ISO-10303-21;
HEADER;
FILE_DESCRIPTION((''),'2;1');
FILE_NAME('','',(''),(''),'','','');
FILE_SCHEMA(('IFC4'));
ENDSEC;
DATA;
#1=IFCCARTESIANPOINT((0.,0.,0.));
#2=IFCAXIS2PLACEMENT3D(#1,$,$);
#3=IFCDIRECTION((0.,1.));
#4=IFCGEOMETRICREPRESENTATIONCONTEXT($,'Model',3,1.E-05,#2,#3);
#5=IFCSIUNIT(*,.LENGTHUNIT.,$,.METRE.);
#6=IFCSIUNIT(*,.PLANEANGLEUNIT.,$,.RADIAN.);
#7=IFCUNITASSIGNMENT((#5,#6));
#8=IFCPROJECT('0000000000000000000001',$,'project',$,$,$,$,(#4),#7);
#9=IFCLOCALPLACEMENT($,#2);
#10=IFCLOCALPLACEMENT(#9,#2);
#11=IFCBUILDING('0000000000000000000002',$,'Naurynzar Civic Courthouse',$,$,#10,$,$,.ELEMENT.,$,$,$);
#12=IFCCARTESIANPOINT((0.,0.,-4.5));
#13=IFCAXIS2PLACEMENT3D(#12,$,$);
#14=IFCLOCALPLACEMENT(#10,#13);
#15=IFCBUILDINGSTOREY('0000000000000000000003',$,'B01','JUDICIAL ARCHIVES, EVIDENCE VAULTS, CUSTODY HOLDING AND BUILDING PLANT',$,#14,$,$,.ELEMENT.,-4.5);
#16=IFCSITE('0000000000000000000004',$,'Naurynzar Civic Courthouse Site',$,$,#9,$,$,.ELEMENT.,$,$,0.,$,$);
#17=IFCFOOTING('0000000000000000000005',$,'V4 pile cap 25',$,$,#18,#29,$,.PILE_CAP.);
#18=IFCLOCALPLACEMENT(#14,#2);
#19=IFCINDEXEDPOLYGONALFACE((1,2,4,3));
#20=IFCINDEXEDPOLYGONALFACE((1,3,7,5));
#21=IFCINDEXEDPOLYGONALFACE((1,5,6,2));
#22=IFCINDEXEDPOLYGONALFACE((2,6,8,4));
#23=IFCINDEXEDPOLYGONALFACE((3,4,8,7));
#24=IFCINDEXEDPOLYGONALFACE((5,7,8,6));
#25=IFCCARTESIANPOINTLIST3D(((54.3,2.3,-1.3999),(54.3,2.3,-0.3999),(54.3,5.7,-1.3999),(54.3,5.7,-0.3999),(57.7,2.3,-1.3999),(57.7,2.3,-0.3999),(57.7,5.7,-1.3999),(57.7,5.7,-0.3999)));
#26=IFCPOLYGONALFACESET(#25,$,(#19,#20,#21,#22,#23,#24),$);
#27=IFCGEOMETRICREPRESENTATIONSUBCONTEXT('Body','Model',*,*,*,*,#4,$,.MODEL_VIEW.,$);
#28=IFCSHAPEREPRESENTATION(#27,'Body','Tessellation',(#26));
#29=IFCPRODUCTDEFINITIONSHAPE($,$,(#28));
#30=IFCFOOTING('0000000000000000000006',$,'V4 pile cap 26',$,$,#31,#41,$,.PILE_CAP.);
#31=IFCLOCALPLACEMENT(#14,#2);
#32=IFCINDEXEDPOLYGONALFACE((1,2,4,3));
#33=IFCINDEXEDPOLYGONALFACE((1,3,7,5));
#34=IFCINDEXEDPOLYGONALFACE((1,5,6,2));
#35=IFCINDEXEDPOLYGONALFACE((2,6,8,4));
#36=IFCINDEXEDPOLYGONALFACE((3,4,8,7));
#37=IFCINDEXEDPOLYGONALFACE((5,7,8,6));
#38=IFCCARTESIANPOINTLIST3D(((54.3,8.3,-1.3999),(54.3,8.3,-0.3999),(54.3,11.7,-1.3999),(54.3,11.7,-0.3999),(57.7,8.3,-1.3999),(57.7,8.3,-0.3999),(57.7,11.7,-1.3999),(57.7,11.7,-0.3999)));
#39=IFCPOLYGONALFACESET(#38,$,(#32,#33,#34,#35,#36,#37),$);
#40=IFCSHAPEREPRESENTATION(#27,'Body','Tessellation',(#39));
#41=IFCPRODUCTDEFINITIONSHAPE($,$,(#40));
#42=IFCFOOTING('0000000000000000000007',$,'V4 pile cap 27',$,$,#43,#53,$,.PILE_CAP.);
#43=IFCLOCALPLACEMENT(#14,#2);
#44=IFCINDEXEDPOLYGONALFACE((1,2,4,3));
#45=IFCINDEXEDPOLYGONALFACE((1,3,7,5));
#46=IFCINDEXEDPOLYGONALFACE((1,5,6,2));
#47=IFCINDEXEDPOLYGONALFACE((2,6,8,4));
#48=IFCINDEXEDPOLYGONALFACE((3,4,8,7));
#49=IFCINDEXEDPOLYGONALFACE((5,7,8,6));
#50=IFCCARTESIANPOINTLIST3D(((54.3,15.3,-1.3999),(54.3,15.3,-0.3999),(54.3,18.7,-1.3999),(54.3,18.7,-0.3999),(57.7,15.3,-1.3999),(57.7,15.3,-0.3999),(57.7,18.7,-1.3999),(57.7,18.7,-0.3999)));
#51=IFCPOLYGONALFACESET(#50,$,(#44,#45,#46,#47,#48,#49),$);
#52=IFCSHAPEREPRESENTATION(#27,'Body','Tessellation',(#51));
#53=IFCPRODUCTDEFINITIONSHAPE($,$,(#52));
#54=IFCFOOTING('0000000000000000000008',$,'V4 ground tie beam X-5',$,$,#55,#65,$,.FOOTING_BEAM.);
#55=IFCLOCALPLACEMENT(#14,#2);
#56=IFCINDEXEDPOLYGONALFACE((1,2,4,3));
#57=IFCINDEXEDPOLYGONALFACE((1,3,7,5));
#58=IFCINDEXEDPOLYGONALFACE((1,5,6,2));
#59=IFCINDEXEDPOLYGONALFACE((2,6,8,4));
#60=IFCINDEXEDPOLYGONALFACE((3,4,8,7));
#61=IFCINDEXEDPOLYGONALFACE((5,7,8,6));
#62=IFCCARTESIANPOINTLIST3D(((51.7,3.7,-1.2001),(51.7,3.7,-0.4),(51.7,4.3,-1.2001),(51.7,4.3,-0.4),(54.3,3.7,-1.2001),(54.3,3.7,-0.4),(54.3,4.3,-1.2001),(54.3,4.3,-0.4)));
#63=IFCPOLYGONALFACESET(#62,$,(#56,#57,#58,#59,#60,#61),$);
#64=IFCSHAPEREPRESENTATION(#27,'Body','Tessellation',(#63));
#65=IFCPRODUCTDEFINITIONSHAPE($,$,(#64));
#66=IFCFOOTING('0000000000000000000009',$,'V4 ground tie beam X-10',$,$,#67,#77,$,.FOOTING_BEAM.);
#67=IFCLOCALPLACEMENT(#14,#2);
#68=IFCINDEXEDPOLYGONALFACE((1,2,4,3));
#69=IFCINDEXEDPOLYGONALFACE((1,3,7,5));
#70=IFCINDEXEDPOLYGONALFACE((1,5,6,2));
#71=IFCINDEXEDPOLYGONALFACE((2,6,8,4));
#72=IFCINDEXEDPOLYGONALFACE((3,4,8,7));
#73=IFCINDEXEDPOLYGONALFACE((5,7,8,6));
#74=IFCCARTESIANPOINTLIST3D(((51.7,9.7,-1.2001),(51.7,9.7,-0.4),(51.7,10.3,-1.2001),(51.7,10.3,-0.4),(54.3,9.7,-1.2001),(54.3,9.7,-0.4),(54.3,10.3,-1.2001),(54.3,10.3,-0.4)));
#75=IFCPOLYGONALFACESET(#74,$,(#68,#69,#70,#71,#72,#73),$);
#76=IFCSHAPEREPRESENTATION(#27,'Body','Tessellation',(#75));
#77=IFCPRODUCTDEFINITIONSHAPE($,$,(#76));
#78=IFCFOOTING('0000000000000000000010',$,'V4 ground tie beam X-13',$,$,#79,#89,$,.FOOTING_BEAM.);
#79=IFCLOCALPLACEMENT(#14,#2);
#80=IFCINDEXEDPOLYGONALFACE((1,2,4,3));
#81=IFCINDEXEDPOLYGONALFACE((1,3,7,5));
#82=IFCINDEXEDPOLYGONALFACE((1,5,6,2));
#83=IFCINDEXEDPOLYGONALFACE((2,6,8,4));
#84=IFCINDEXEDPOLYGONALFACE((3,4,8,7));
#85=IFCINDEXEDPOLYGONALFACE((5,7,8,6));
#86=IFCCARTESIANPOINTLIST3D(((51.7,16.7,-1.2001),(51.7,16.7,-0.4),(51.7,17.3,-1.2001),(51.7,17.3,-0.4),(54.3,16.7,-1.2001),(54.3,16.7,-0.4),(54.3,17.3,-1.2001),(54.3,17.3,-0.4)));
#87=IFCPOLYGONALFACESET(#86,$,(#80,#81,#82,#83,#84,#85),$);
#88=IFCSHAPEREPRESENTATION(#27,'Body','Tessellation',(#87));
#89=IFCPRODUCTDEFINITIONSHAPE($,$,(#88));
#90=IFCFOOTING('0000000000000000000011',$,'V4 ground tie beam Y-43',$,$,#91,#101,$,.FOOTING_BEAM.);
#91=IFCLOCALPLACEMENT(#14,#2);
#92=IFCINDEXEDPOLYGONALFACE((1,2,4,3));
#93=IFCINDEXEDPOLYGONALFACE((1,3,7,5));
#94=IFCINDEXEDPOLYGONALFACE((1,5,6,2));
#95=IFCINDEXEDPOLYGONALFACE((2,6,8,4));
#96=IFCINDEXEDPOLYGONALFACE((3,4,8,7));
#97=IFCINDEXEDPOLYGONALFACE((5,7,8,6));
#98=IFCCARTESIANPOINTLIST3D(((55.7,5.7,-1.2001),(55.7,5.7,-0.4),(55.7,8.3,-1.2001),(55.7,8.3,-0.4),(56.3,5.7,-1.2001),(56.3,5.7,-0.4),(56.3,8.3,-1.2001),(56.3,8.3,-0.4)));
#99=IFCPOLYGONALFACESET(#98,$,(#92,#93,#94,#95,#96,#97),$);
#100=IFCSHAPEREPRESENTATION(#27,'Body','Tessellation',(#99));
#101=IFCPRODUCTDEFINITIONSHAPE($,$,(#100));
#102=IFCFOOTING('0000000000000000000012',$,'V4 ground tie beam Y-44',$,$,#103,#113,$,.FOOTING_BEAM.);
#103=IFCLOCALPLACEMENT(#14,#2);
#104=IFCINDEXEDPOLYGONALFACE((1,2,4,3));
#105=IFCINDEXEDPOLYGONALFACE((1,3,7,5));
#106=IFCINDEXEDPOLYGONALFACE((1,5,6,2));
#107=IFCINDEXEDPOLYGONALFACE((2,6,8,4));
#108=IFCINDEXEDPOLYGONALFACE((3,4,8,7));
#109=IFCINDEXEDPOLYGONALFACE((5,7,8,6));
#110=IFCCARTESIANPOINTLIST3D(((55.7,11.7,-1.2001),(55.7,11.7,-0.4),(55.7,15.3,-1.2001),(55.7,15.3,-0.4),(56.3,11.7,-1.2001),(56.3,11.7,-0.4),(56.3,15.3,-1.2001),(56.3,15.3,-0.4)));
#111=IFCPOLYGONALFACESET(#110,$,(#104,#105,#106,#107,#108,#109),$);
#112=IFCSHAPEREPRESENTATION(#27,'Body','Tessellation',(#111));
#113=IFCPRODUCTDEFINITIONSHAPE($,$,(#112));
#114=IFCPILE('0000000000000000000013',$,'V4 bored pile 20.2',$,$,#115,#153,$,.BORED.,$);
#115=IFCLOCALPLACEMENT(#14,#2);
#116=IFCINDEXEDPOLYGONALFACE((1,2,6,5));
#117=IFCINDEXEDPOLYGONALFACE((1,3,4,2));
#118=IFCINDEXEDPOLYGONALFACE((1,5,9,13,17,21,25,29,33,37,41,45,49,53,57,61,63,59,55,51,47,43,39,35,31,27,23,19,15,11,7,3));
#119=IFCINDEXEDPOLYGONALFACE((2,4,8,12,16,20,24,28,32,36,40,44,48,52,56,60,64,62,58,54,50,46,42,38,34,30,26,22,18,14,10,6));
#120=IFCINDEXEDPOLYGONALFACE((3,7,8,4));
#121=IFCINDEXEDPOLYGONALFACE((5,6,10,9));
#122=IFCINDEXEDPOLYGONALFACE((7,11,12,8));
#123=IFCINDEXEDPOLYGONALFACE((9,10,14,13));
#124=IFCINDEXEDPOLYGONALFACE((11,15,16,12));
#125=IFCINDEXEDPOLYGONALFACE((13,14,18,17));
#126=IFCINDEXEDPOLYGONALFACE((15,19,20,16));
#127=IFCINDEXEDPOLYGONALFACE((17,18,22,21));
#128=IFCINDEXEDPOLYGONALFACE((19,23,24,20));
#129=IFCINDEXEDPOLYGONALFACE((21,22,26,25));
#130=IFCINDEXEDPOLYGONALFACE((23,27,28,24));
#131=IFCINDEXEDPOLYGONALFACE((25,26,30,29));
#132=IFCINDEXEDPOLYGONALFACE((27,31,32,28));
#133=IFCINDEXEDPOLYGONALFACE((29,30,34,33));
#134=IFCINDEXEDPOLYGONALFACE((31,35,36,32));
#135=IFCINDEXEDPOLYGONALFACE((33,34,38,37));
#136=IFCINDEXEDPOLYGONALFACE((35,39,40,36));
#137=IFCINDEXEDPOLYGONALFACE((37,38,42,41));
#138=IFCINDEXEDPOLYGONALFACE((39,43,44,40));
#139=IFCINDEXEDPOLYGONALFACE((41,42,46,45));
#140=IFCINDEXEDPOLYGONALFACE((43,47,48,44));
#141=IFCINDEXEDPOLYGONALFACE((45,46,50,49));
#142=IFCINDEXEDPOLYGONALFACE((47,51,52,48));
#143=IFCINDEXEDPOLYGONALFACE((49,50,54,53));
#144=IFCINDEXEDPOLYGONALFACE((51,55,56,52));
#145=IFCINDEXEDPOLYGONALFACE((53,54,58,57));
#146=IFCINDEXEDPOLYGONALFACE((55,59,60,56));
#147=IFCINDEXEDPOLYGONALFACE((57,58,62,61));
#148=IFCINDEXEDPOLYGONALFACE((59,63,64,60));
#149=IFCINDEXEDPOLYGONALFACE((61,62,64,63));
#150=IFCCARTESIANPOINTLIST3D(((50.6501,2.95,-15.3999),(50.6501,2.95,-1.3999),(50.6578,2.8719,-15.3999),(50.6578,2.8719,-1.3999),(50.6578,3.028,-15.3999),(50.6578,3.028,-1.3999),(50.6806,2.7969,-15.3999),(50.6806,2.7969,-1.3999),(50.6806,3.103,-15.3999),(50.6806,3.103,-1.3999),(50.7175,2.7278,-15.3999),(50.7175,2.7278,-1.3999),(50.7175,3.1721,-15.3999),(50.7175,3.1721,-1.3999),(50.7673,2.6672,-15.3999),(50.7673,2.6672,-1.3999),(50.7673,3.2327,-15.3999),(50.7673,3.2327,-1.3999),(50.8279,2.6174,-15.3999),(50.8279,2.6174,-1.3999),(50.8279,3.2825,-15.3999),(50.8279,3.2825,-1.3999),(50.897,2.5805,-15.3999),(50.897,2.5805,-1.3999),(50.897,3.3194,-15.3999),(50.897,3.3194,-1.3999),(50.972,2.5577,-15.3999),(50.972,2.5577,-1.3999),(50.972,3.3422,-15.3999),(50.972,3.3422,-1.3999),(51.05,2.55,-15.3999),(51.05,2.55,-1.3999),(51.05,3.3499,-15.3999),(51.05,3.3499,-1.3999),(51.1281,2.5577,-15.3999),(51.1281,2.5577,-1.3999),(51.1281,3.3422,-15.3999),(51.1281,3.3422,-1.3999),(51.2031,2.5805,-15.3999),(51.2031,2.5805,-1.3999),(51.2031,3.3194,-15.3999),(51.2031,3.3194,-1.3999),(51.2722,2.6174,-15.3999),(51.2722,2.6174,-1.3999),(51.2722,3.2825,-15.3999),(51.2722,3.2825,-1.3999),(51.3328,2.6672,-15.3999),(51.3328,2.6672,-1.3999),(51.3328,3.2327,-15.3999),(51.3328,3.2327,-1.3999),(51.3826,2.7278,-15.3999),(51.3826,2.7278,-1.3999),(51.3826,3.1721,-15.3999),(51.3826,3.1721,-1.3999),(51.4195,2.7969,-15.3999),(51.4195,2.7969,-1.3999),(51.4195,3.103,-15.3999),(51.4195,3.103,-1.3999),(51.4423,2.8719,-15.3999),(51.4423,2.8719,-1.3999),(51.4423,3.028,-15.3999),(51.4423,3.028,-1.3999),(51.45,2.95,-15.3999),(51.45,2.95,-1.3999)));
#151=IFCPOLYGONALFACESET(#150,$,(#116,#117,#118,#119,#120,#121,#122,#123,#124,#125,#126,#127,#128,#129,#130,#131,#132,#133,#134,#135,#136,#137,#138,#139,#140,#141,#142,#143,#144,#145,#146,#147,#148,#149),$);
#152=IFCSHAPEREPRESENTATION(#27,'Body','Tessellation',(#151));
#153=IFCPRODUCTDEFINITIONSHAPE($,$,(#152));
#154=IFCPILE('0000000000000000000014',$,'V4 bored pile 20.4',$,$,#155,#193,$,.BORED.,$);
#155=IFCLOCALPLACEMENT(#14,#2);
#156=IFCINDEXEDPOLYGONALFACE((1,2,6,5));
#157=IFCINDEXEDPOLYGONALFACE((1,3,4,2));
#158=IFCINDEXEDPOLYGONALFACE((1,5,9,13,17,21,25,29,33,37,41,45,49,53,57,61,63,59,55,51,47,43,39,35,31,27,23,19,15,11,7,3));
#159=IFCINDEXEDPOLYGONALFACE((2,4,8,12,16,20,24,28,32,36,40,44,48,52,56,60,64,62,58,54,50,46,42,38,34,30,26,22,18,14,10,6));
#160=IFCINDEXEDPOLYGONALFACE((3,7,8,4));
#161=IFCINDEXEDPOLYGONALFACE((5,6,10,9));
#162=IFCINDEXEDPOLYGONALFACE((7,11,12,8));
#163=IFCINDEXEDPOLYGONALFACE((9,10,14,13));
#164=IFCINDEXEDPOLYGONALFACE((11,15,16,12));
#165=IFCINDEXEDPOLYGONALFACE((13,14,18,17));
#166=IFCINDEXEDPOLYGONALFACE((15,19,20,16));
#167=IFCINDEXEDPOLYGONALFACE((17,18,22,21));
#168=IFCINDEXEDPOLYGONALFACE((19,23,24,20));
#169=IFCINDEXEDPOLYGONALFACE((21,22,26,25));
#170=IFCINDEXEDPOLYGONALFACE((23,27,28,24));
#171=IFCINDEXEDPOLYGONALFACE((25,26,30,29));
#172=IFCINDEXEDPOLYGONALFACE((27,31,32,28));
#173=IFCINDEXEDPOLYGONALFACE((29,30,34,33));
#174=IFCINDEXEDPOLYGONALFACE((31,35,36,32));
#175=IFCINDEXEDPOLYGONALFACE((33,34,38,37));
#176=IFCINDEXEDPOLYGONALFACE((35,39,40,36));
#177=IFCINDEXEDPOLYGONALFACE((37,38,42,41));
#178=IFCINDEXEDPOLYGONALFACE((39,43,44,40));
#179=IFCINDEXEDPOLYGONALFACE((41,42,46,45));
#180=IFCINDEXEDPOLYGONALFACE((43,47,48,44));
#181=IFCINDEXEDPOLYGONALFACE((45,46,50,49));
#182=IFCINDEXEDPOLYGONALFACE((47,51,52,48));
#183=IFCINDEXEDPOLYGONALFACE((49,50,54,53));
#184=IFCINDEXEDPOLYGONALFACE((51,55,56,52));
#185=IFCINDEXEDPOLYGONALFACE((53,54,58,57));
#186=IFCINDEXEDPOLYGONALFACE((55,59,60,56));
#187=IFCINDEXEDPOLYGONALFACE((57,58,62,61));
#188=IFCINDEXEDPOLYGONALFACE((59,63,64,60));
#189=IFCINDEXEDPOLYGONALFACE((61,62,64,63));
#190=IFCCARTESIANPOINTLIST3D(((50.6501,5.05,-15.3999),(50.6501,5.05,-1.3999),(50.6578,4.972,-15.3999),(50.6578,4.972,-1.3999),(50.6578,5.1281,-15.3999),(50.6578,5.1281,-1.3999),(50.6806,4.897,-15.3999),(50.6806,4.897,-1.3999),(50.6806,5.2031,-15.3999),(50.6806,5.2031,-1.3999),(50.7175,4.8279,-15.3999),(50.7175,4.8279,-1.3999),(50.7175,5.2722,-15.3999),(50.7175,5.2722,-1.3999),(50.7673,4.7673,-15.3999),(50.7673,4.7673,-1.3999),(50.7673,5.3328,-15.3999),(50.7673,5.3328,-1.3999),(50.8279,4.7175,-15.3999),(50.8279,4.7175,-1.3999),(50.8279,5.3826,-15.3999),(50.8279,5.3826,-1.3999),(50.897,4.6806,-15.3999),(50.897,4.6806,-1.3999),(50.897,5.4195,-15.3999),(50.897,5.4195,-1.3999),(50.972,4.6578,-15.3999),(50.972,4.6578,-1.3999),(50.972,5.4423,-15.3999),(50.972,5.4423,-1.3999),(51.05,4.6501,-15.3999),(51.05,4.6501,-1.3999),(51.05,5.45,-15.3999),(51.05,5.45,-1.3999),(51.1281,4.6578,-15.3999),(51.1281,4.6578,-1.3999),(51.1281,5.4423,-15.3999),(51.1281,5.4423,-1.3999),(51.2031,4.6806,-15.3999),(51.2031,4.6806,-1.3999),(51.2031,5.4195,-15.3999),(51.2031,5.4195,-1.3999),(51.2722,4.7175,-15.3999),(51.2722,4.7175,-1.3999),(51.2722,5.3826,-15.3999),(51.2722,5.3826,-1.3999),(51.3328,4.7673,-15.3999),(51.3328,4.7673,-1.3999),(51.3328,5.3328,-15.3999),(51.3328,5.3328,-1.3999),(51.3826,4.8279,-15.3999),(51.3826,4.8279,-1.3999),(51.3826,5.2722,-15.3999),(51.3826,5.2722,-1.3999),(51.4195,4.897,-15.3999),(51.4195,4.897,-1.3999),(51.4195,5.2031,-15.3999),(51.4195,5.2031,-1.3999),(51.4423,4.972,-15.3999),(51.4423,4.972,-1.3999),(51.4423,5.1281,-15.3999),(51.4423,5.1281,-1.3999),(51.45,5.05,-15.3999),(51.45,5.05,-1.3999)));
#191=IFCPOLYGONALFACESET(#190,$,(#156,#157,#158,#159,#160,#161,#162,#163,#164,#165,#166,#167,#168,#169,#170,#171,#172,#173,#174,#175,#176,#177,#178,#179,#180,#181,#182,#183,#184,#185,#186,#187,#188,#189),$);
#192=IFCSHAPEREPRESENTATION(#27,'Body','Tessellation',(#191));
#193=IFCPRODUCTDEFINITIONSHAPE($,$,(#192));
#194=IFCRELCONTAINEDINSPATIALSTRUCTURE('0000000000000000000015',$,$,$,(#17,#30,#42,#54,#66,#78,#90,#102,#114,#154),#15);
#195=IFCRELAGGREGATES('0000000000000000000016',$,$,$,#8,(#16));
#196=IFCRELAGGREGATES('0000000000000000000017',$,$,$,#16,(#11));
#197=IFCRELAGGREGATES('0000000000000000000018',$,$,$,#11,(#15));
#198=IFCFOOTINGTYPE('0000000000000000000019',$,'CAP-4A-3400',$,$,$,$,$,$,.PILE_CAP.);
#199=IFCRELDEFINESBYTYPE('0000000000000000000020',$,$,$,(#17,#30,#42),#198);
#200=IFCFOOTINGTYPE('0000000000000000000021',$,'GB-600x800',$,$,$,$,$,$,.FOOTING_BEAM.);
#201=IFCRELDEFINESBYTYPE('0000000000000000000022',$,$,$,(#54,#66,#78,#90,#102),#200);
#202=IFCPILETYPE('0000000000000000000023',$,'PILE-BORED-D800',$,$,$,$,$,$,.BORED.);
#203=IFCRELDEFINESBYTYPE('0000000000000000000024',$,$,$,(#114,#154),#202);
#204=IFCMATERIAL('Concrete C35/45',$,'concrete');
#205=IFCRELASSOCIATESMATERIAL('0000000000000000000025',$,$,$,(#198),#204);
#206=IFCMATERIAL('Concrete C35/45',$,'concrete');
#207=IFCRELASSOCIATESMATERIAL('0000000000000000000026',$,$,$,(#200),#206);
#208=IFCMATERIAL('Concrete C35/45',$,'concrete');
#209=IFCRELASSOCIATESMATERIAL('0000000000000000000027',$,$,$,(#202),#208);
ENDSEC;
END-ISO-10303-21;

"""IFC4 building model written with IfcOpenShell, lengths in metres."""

from ifc_helpers import new_model, si_unit, direction, frame, origin, origin_2d, place, context, subcontext, project, spatial, rectangle, circle, extrude, material, material_profile, profile_set, type_object, element, save


model = new_model("IFC4")

# Units and contexts
model_context = context("Model", 3, precision=1e-05, world=origin(), true_north=direction((0.0, 1.0)))
body_context = subcontext(model_context, "Body", "Model", "MODEL_VIEW")
ifc_project = project(units=[si_unit("LENGTHUNIT", "METRE"), si_unit("PLANEANGLEUNIT", "RADIAN")], contexts=[model_context])

# Site, building, storey
site_placement = place(None, origin())
site = spatial("IfcSite", under=ifc_project, at=site_placement, Name="Naurynzar Civic Courthouse Site", CompositionType="ELEMENT", RefElevation=0.0)
building_placement = place(site_placement, origin())
building = spatial("IfcBuilding", under=site, at=building_placement, Name="Naurynzar Civic Courthouse", CompositionType="ELEMENT")
storey_placement = place(building_placement, frame((0.0, 0.0, -4.5)))
storey = spatial("IfcBuildingStorey", under=building, at=storey_placement, Name="B01", Description="JUDICIAL ARCHIVES, EVIDENCE VAULTS, CUSTODY HOLDING AND BUILDING PLANT", CompositionType="ELEMENT", Elevation=-4.5)

# Footings
ifc_material_1 = material(Name="Concrete C35/45", Category="concrete")
footing_type_1 = type_object("IfcFootingType", Name="CAP-4A-3400", PredefinedType="PILE_CAP", material=ifc_material_1)
for number, where, z_axis, x_axis, name in (
    (1, (56.0, 4.0, -1.3999), (0.0, 0.0, 1.0), (1.0, 0.0, 0.0), "V4 pile cap 25"),
    (2, (56.0, 10.0, -1.3999), (0.0, 0.0, 1.0), (1.0, 0.0, 0.0), "V4 pile cap 26"),
    (3, (56.0, 17.0, -1.3999), (0.0, 0.0, 1.0), (1.0, 0.0, 0.0), "V4 pile cap 27"),
):
    element("IfcFooting", number, at=place(storey_placement, frame(where, z_axis=z_axis, x_axis=x_axis)), inside=storey, type_object=footing_type_1, Name=name, PredefinedType="PILE_CAP", context=body_context, shape_type="SweptSolid", body=[
        extrude(rectangle(XDim=3.3999, YDim=3.3999, at=origin_2d()), origin(), (0.0, 0.0, 1.0), 1.0),
    ])
ifc_material_2 = material(Name="Concrete C35/45", Category="concrete")
ifc_material_profile_1 = material_profile(ifc_material_2, rectangle(XDim=0.6001, YDim=0.8, at=origin_2d()), Name="GB 600x800")
ifc_profile_set_1 = profile_set([ifc_material_profile_1], Name="Concrete C35/45")
footing_type_2 = type_object("IfcFootingType", Name="GB-600x800", PredefinedType="FOOTING_BEAM", material=ifc_profile_set_1)
for number, where, z_axis, x_axis, name in (
    (4, (51.7, 4.0, -0.8), (1.0, 0.0, 0.0), (0.0, 1.0, 0.0), "V4 ground tie beam X-5"),
    (5, (51.7, 10.0, -0.8), (1.0, 0.0, 0.0), (0.0, 1.0, 0.0), "V4 ground tie beam X-10"),
    (6, (51.7, 17.0, -0.8), (1.0, 0.0, 0.0), (0.0, 1.0, 0.0), "V4 ground tie beam X-13"),
    (7, (56.0, 5.7, -0.8), (0.0, 1.0, 0.0), (-1.0, 0.0, 0.0), "V4 ground tie beam Y-43"),
):
    element("IfcFooting", number, at=place(storey_placement, frame(where, z_axis=z_axis, x_axis=x_axis)), inside=storey, type_object=footing_type_2, Name=name, PredefinedType="FOOTING_BEAM", context=body_context, shape_type="SweptSolid", body=[
        extrude(rectangle(XDim=0.6001, YDim=0.8, at=origin_2d()), origin(), (0.0, 0.0, 1.0), 2.6001),
    ])
footing_placement = place(storey_placement, frame((56.0, 11.7, -0.8), z_axis=(0.0, 1.0, 0.0), x_axis=(-1.0, 0.0, 0.0)))
element("IfcFooting", 8, at=footing_placement, inside=storey, type_object=footing_type_2, Name="V4 ground tie beam Y-44", PredefinedType="FOOTING_BEAM", context=body_context, shape_type="SweptSolid", body=[
    extrude(rectangle(XDim=0.6001, YDim=0.8, at=origin_2d()), origin(), (0.0, 0.0, 1.0), 3.6001),
])

# Piles
ifc_material_3 = material(Name="Concrete C35/45", Category="concrete")
ifc_material_profile_2 = material_profile(ifc_material_3, circle(Radius=0.3999, at=origin_2d()), Name="PILE D800")
ifc_profile_set_2 = profile_set([ifc_material_profile_2], Name="Concrete C35/45")
pile_type = type_object("IfcPileType", Name="PILE-BORED-D800", PredefinedType="BORED", material=ifc_profile_set_2)
for number, where, z_axis, x_axis, name in (
    (9, (51.05, 2.95, -1.3999), (0.0, 0.0, -1.0), (1.0, 0.0, 0.0), "V4 bored pile 20.2"),
    (10, (51.05, 5.05, -1.3999), (0.0, 0.0, -1.0), (1.0, 0.0, 0.0), "V4 bored pile 20.4"),
):
    element("IfcPile", number, at=place(storey_placement, frame(where, z_axis=z_axis, x_axis=x_axis)), inside=storey, type_object=pile_type, Name=name, PredefinedType="BORED", context=body_context, shape_type="SweptSolid", body=[
        extrude(circle(Radius=0.3999, at=origin_2d()), origin(), (0.0, 0.0, 1.0), 14.0),
    ])

save(model, "model.ifc")
